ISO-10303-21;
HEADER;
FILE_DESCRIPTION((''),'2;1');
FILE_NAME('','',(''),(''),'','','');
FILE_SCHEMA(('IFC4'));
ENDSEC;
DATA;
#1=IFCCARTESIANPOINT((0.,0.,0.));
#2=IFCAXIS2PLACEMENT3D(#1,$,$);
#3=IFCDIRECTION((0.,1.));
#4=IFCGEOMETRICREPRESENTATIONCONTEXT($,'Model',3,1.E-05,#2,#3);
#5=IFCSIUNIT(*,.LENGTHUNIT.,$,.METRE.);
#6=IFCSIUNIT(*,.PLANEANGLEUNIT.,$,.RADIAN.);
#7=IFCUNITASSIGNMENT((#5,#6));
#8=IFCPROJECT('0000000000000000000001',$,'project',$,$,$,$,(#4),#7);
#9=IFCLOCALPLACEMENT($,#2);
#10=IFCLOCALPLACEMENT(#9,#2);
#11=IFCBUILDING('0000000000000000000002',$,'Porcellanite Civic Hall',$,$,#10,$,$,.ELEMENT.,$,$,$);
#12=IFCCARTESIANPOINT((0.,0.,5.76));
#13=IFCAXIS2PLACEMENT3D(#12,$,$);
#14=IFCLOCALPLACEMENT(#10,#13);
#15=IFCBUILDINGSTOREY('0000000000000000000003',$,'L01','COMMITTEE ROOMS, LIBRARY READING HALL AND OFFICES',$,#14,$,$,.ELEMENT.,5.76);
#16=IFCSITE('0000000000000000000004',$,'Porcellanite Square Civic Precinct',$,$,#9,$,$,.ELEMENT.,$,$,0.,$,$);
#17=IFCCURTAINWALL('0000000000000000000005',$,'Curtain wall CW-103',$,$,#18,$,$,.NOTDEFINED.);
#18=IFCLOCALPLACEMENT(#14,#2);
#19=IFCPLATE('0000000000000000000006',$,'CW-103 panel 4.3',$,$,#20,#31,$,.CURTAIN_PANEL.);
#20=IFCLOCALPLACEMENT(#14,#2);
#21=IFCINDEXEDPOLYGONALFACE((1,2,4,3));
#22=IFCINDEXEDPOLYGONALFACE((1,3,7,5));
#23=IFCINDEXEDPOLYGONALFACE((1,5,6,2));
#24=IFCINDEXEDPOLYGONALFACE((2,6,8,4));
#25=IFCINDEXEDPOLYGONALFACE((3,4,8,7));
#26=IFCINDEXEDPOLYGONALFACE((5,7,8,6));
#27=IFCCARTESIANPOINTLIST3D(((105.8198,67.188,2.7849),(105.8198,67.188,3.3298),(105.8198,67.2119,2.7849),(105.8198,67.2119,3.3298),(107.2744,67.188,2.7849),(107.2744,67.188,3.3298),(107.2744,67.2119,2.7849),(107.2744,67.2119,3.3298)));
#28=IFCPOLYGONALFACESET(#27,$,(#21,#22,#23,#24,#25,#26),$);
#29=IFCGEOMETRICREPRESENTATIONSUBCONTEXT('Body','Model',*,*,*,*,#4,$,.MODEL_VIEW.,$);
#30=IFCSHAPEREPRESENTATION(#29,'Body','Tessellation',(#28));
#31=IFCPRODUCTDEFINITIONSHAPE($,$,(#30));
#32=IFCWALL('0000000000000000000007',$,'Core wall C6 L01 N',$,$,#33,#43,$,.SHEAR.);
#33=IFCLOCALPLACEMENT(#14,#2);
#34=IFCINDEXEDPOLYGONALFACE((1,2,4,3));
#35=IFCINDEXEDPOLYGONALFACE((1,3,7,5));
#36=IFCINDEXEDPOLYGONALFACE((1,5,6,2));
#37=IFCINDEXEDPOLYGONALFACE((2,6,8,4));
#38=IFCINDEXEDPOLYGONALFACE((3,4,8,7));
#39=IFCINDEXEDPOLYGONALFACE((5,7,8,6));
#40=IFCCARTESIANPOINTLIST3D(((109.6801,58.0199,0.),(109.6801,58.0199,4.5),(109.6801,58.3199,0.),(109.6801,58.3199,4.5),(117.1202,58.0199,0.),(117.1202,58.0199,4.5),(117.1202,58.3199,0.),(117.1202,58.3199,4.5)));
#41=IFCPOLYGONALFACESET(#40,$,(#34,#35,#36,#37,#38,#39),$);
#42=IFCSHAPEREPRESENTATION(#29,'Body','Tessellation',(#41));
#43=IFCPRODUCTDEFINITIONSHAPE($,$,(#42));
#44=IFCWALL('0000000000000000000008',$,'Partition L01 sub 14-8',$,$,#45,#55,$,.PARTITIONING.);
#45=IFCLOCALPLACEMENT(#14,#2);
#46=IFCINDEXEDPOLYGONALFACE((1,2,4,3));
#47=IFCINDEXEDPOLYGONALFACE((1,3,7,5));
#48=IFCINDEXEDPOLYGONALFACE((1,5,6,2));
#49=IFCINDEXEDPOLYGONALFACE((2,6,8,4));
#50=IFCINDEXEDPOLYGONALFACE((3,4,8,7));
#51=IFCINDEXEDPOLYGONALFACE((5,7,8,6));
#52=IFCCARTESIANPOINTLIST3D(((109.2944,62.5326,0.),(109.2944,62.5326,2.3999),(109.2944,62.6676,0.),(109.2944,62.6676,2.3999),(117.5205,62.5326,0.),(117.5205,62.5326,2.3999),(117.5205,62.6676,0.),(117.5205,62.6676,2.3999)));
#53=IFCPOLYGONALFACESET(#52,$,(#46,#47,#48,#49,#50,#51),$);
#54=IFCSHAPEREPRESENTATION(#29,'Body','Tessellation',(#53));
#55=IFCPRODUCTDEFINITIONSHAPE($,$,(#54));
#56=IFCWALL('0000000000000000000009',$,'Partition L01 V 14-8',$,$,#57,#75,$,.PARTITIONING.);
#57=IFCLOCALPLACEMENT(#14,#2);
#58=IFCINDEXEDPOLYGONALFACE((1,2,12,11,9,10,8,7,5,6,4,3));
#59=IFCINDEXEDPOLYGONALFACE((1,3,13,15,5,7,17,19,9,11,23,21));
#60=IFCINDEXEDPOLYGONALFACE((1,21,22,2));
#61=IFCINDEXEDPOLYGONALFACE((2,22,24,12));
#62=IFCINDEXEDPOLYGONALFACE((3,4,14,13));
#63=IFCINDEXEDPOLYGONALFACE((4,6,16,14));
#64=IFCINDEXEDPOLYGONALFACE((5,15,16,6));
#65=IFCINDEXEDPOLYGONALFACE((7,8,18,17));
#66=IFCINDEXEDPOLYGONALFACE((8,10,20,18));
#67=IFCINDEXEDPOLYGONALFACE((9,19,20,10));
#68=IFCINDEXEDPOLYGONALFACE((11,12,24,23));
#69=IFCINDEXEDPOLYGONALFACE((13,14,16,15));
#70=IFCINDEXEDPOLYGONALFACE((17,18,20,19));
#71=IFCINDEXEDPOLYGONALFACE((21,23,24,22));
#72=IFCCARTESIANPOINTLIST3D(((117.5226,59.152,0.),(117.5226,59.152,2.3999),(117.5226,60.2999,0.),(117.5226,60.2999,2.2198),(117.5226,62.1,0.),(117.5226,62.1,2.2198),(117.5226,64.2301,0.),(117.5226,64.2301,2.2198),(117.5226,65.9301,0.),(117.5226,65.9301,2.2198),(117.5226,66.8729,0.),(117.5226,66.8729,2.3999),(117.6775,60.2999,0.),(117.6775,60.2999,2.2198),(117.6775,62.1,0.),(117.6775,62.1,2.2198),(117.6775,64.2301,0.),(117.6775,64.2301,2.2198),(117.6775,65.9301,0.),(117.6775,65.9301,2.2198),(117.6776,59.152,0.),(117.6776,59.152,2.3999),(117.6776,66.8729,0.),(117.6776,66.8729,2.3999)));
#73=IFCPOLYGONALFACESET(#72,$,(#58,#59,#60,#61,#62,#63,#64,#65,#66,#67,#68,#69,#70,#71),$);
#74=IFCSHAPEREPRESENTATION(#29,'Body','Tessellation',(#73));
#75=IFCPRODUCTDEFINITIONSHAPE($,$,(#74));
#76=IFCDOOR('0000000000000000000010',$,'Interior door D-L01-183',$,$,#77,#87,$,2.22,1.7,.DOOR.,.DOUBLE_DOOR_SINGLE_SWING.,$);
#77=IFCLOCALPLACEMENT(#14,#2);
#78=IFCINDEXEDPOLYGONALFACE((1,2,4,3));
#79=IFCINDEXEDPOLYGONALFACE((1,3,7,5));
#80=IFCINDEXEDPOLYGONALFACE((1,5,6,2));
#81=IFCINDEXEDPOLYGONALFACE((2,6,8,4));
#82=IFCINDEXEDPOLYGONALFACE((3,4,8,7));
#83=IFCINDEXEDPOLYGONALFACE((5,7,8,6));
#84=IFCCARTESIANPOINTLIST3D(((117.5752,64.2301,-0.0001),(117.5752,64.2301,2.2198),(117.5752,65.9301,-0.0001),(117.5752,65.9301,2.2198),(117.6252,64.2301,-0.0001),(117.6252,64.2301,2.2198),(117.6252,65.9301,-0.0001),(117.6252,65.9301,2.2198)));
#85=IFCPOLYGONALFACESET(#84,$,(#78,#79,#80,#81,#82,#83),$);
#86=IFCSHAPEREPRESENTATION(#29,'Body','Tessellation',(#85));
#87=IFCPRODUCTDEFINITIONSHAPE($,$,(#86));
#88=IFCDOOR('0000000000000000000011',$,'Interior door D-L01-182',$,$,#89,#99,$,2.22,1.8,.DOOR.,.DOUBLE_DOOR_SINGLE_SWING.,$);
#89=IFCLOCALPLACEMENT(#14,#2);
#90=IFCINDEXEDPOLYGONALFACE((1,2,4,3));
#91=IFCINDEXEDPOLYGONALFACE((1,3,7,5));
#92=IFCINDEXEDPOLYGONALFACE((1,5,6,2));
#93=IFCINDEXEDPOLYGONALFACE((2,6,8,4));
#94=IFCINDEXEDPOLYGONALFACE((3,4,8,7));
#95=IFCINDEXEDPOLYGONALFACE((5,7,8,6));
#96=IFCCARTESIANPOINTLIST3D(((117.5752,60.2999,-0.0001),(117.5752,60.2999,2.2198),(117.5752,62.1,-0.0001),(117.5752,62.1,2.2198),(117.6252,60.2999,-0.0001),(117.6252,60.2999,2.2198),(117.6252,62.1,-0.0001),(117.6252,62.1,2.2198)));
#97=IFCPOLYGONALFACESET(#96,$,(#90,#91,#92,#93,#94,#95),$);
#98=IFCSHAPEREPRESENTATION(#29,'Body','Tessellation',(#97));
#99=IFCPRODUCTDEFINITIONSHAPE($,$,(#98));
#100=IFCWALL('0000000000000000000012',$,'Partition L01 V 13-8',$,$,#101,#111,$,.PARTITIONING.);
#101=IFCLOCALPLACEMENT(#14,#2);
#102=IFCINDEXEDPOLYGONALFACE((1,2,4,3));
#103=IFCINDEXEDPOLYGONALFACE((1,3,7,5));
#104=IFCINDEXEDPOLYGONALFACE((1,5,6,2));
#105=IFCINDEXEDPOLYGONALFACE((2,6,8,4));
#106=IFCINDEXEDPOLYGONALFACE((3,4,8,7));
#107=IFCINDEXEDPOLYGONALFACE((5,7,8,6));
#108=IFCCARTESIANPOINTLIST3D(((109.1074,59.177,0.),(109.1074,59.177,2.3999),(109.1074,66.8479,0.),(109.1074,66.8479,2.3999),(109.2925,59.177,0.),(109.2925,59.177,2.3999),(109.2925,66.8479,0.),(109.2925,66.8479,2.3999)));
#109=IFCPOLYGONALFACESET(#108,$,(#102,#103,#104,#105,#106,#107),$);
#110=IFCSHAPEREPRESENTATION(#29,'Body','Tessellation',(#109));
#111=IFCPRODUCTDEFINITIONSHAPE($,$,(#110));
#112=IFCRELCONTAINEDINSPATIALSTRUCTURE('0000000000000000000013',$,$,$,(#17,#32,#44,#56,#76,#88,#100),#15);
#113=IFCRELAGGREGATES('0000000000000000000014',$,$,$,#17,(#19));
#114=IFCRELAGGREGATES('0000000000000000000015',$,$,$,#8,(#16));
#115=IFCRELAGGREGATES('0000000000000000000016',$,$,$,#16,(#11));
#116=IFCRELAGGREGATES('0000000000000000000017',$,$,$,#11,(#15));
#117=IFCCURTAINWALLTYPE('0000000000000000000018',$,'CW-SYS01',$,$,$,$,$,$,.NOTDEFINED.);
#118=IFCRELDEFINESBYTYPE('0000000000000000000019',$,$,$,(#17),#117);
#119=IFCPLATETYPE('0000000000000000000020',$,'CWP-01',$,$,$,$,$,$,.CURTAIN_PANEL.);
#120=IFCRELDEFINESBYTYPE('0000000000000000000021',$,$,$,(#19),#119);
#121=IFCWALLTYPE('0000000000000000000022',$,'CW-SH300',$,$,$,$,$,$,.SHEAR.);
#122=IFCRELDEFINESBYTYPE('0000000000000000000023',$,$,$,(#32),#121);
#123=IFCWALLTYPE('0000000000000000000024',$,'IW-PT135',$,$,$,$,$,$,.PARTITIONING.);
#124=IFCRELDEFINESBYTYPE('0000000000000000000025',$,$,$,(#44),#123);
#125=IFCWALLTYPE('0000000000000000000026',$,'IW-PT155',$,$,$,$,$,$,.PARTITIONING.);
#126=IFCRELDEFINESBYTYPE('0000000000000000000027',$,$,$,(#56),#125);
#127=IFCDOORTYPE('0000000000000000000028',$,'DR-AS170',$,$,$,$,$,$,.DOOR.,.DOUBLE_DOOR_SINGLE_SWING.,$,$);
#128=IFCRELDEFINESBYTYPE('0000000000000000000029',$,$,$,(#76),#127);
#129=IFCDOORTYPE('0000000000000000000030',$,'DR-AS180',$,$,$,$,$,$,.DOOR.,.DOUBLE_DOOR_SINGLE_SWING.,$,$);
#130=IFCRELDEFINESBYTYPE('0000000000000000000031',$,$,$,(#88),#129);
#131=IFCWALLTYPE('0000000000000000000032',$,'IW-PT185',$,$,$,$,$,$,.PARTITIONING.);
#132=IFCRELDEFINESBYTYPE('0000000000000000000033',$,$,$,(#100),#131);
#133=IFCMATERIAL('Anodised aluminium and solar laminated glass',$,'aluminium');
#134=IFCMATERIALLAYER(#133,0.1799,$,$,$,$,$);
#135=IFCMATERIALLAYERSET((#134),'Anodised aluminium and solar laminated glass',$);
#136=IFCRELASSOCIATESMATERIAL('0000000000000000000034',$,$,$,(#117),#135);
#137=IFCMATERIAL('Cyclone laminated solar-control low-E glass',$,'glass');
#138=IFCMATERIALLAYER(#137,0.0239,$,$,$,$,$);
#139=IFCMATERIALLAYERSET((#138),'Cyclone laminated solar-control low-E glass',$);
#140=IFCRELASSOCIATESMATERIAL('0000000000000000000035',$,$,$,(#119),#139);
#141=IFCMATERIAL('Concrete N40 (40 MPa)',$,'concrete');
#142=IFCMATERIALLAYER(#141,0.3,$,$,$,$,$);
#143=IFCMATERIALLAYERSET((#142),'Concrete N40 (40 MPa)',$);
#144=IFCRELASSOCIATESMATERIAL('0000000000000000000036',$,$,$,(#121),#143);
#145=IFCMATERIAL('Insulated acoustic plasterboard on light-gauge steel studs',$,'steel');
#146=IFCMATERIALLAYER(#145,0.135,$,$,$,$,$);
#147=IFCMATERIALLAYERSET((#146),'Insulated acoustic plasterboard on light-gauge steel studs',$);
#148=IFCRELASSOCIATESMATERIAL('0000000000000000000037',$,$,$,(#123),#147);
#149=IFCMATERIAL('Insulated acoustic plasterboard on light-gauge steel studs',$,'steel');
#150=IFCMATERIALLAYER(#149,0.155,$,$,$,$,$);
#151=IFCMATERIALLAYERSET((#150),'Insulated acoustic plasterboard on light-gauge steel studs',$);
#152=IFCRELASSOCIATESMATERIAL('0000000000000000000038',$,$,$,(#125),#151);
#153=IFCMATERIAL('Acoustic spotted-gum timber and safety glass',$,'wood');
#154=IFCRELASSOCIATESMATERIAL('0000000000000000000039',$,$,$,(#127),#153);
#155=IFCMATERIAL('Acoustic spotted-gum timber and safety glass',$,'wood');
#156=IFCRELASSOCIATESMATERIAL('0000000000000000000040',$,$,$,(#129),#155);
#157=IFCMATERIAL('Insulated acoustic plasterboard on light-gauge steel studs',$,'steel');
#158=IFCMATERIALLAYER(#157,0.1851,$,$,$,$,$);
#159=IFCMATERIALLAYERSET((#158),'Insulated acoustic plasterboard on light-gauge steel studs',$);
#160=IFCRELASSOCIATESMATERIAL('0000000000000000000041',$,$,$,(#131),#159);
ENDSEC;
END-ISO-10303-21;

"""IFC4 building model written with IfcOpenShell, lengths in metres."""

from ifc_helpers import new_model, si_unit, direction, frame, frame_2d, origin, origin_2d, place, context, subcontext, project, spatial, rectangle, extrude, material, layer, layer_set, type_object, element, fill, aggregate, save


model = new_model("IFC4")

# Units and contexts
model_context = context("Model", 3, precision=1e-05, world=origin(), true_north=direction((0.0, 1.0)))
body_context = subcontext(model_context, "Body", "Model", "MODEL_VIEW")
ifc_project = project(units=[si_unit("LENGTHUNIT", "METRE"), si_unit("PLANEANGLEUNIT", "RADIAN")], contexts=[model_context])

# Site, building, storey
site_placement = place(None, origin())
site = spatial("IfcSite", under=ifc_project, at=site_placement, Name="Porcellanite Square Civic Precinct", CompositionType="ELEMENT", RefElevation=0.0)
building_placement = place(site_placement, origin())
building = spatial("IfcBuilding", under=site, at=building_placement, Name="Porcellanite Civic Hall", CompositionType="ELEMENT")
storey_placement = place(building_placement, frame((0.0, 0.0, 5.76)))
storey = spatial("IfcBuildingStorey", under=building, at=storey_placement, Name="L01", Description="COMMITTEE ROOMS, LIBRARY READING HALL AND OFFICES", CompositionType="ELEMENT", Elevation=5.76)

# Curtain wall
ifc_material_1 = material(Name="Anodised aluminium and solar laminated glass", Category="aluminium")
ifc_layer_1 = layer(ifc_material_1, 0.1799)
ifc_layer_set_1 = layer_set([ifc_layer_1], Name="Anodised aluminium and solar laminated glass")
curtain_wall_type = type_object("IfcCurtainWallType", Name="CW-SYS01", PredefinedType="NOTDEFINED", material=ifc_layer_set_1)
curtain_wall_placement = place(storey_placement, origin())
curtain_wall = element("IfcCurtainWall", 1, at=curtain_wall_placement, inside=storey, type_object=curtain_wall_type, Name="Curtain wall CW-103", PredefinedType="NOTDEFINED")

# Plate
ifc_material_2 = material(Name="Cyclone laminated solar-control low-E glass", Category="glass")
ifc_layer_2 = layer(ifc_material_2, 0.0239)
ifc_layer_set_2 = layer_set([ifc_layer_2], Name="Cyclone laminated solar-control low-E glass")
plate_type = type_object("IfcPlateType", Name="CWP-01", PredefinedType="CURTAIN_PANEL", material=ifc_layer_set_2)
plate_placement = place(storey_placement, frame((106.5471, 67.2, 2.7849), z_axis=(0.0, 0.0, 1.0), x_axis=(1.0, 0.0, 0.0)))
plate = element("IfcPlate", 2, at=plate_placement, type_object=plate_type, Name="CW-103 panel 4.3", PredefinedType="CURTAIN_PANEL", context=body_context, shape_type="SweptSolid", body=[
    extrude(rectangle(XDim=1.4546, YDim=0.0239, at=origin_2d()), origin(), (0.0, 0.0, 1.0), 0.5449),
])
aggregate(curtain_wall, [plate])

# Wall
ifc_material_3 = material(Name="Concrete N40 (40 MPa)", Category="concrete")
ifc_layer_3 = layer(ifc_material_3, 0.3)
ifc_layer_set_3 = layer_set([ifc_layer_3], Name="Concrete N40 (40 MPa)")
wall_type_1 = type_object("IfcWallType", Name="CW-SH300", PredefinedType="SHEAR", material=ifc_layer_set_3)
wall_1_placement = place(storey_placement, frame((109.6799, 58.1699, 0.0), z_axis=(0.0, 0.0, 1.0), x_axis=(1.0, 0.0, 0.0)))
element("IfcWall", 3, at=wall_1_placement, inside=storey, type_object=wall_type_1, Name="Core wall C6 L01 N", PredefinedType="SHEAR", context=body_context, shape_type="SweptSolid", body=[
    extrude(rectangle(XDim=7.4402, YDim=0.3, at=frame_2d((3.7202, 0.0))), origin(), (0.0, 0.0, 1.0), 4.5),
])

# Wall
ifc_material_4 = material(Name="Insulated acoustic plasterboard on light-gauge steel studs", Category="steel")
ifc_layer_4 = layer(ifc_material_4, 0.135)
ifc_layer_set_4 = layer_set([ifc_layer_4], Name="Insulated acoustic plasterboard on light-gauge steel studs")
wall_type_2 = type_object("IfcWallType", Name="IW-PT135", PredefinedType="PARTITIONING", material=ifc_layer_set_4)
wall_2_placement = place(storey_placement, frame((109.2944, 62.6001, 0.0), z_axis=(0.0, 0.0, 1.0), x_axis=(1.0, 0.0, 0.0)))
element("IfcWall", 4, at=wall_2_placement, inside=storey, type_object=wall_type_2, Name="Partition L01 sub 14-8", PredefinedType="PARTITIONING", context=body_context, shape_type="SweptSolid", body=[
    extrude(rectangle(XDim=8.2261, YDim=0.135, at=frame_2d((4.113, 0.0))), origin(), (0.0, 0.0, 1.0), 2.3999),
])

# Wall, openings, doors
ifc_material_5 = material(Name="Insulated acoustic plasterboard on light-gauge steel studs", Category="steel")
ifc_layer_5 = layer(ifc_material_5, 0.155)
ifc_layer_set_5 = layer_set([ifc_layer_5], Name="Insulated acoustic plasterboard on light-gauge steel studs")
wall_type_3 = type_object("IfcWallType", Name="IW-PT155", PredefinedType="PARTITIONING", material=ifc_layer_set_5)
wall_3_placement = place(storey_placement, frame((117.6001, 59.1521, 0.0), z_axis=(0.0, 0.0, 1.0), x_axis=(0.0, 1.0, 0.0)))
wall_3 = element("IfcWall", 5, at=wall_3_placement, inside=storey, type_object=wall_type_3, Name="Partition L01 V 14-8", PredefinedType="PARTITIONING", context=body_context, shape_type="SweptSolid", body=[
    extrude(rectangle(XDim=7.7209, YDim=0.155, at=frame_2d((3.8604, 0.0))), origin(), (0.0, 0.0, 1.0), 2.3999),
])
opening_1_placement = place(wall_3_placement, frame((1.1479, 0.0, 0.0)))
opening_1 = element("IfcOpeningElement", 6, at=opening_1_placement, cuts=wall_3, PredefinedType="OPENING", context=body_context, shape_type="SweptSolid", body=[
    extrude(rectangle(XDim=1.8, YDim=2.22, at=frame_2d((0.8999, 1.1099))), frame((0.0, 0.0776, 0.0), z_axis=(0.0, -1.0, 0.0), x_axis=(1.0, 0.0, 0.0)), (0.0, 0.0, 1.0), 0.155),
])
opening_2_placement = place(wall_3_placement, frame((5.0779, 0.0, 0.0)))
opening_2 = element("IfcOpeningElement", 7, at=opening_2_placement, cuts=wall_3, PredefinedType="OPENING", context=body_context, shape_type="SweptSolid", body=[
    extrude(rectangle(XDim=1.7, YDim=2.22, at=frame_2d((0.8501, 1.1099))), frame((0.0, 0.0776, 0.0), z_axis=(0.0, -1.0, 0.0), x_axis=(1.0, 0.0, 0.0)), (0.0, 0.0, 1.0), 0.155),
])
ifc_material_6 = material(Name="Acoustic spotted-gum timber and safety glass", Category="wood")
door_type_1 = type_object("IfcDoorType", Name="DR-AS170", OperationType="DOUBLE_DOOR_SINGLE_SWING", PredefinedType="DOOR", material=ifc_material_6)
door_1_placement = place(opening_2_placement, origin())
door_1 = element("IfcDoor", 8, at=door_1_placement, inside=storey, type_object=door_type_1, Name="Interior door D-L01-183", OperationType="DOUBLE_DOOR_SINGLE_SWING", OverallHeight=2.22, OverallWidth=1.7, PredefinedType="DOOR", context=body_context, shape_type="SweptSolid", body=[
    extrude(rectangle(XDim=1.7, YDim=2.22, at=frame_2d((0.8501, 1.1099))), frame((0.0, 0.0249, 0.0), z_axis=(0.0, -1.0, 0.0), x_axis=(1.0, 0.0, 0.0)), (0.0, 0.0, 1.0), 0.05),
])
fill(opening_2, door_1)
ifc_material_7 = material(Name="Acoustic spotted-gum timber and safety glass", Category="wood")
door_type_2 = type_object("IfcDoorType", Name="DR-AS180", OperationType="DOUBLE_DOOR_SINGLE_SWING", PredefinedType="DOOR", material=ifc_material_7)
door_2_placement = place(opening_1_placement, origin())
door_2 = element("IfcDoor", 9, at=door_2_placement, inside=storey, type_object=door_type_2, Name="Interior door D-L01-182", OperationType="DOUBLE_DOOR_SINGLE_SWING", OverallHeight=2.22, OverallWidth=1.8, PredefinedType="DOOR", context=body_context, shape_type="SweptSolid", body=[
    extrude(rectangle(XDim=1.8, YDim=2.22, at=frame_2d((0.8999, 1.1099))), frame((0.0, 0.0249, 0.0), z_axis=(0.0, -1.0, 0.0), x_axis=(1.0, 0.0, 0.0)), (0.0, 0.0, 1.0), 0.05),
])
fill(opening_1, door_2)

# Wall
ifc_material_8 = material(Name="Insulated acoustic plasterboard on light-gauge steel studs", Category="steel")
ifc_layer_6 = layer(ifc_material_8, 0.1851)
ifc_layer_set_6 = layer_set([ifc_layer_6], Name="Insulated acoustic plasterboard on light-gauge steel studs")
wall_type_4 = type_object("IfcWallType", Name="IW-PT185", PredefinedType="PARTITIONING", material=ifc_layer_set_6)
wall_4_placement = place(storey_placement, frame((109.2, 59.177, 0.0), z_axis=(0.0, 0.0, 1.0), x_axis=(0.0, 1.0, 0.0)))
element("IfcWall", 10, at=wall_4_placement, inside=storey, type_object=wall_type_4, Name="Partition L01 V 13-8", PredefinedType="PARTITIONING", context=body_context, shape_type="SweptSolid", body=[
    extrude(rectangle(XDim=7.6709, YDim=0.1851, at=frame_2d((3.8354, 0.0))), origin(), (0.0, 0.0, 1.0), 2.3999),
])

save(model, "model.ifc")
